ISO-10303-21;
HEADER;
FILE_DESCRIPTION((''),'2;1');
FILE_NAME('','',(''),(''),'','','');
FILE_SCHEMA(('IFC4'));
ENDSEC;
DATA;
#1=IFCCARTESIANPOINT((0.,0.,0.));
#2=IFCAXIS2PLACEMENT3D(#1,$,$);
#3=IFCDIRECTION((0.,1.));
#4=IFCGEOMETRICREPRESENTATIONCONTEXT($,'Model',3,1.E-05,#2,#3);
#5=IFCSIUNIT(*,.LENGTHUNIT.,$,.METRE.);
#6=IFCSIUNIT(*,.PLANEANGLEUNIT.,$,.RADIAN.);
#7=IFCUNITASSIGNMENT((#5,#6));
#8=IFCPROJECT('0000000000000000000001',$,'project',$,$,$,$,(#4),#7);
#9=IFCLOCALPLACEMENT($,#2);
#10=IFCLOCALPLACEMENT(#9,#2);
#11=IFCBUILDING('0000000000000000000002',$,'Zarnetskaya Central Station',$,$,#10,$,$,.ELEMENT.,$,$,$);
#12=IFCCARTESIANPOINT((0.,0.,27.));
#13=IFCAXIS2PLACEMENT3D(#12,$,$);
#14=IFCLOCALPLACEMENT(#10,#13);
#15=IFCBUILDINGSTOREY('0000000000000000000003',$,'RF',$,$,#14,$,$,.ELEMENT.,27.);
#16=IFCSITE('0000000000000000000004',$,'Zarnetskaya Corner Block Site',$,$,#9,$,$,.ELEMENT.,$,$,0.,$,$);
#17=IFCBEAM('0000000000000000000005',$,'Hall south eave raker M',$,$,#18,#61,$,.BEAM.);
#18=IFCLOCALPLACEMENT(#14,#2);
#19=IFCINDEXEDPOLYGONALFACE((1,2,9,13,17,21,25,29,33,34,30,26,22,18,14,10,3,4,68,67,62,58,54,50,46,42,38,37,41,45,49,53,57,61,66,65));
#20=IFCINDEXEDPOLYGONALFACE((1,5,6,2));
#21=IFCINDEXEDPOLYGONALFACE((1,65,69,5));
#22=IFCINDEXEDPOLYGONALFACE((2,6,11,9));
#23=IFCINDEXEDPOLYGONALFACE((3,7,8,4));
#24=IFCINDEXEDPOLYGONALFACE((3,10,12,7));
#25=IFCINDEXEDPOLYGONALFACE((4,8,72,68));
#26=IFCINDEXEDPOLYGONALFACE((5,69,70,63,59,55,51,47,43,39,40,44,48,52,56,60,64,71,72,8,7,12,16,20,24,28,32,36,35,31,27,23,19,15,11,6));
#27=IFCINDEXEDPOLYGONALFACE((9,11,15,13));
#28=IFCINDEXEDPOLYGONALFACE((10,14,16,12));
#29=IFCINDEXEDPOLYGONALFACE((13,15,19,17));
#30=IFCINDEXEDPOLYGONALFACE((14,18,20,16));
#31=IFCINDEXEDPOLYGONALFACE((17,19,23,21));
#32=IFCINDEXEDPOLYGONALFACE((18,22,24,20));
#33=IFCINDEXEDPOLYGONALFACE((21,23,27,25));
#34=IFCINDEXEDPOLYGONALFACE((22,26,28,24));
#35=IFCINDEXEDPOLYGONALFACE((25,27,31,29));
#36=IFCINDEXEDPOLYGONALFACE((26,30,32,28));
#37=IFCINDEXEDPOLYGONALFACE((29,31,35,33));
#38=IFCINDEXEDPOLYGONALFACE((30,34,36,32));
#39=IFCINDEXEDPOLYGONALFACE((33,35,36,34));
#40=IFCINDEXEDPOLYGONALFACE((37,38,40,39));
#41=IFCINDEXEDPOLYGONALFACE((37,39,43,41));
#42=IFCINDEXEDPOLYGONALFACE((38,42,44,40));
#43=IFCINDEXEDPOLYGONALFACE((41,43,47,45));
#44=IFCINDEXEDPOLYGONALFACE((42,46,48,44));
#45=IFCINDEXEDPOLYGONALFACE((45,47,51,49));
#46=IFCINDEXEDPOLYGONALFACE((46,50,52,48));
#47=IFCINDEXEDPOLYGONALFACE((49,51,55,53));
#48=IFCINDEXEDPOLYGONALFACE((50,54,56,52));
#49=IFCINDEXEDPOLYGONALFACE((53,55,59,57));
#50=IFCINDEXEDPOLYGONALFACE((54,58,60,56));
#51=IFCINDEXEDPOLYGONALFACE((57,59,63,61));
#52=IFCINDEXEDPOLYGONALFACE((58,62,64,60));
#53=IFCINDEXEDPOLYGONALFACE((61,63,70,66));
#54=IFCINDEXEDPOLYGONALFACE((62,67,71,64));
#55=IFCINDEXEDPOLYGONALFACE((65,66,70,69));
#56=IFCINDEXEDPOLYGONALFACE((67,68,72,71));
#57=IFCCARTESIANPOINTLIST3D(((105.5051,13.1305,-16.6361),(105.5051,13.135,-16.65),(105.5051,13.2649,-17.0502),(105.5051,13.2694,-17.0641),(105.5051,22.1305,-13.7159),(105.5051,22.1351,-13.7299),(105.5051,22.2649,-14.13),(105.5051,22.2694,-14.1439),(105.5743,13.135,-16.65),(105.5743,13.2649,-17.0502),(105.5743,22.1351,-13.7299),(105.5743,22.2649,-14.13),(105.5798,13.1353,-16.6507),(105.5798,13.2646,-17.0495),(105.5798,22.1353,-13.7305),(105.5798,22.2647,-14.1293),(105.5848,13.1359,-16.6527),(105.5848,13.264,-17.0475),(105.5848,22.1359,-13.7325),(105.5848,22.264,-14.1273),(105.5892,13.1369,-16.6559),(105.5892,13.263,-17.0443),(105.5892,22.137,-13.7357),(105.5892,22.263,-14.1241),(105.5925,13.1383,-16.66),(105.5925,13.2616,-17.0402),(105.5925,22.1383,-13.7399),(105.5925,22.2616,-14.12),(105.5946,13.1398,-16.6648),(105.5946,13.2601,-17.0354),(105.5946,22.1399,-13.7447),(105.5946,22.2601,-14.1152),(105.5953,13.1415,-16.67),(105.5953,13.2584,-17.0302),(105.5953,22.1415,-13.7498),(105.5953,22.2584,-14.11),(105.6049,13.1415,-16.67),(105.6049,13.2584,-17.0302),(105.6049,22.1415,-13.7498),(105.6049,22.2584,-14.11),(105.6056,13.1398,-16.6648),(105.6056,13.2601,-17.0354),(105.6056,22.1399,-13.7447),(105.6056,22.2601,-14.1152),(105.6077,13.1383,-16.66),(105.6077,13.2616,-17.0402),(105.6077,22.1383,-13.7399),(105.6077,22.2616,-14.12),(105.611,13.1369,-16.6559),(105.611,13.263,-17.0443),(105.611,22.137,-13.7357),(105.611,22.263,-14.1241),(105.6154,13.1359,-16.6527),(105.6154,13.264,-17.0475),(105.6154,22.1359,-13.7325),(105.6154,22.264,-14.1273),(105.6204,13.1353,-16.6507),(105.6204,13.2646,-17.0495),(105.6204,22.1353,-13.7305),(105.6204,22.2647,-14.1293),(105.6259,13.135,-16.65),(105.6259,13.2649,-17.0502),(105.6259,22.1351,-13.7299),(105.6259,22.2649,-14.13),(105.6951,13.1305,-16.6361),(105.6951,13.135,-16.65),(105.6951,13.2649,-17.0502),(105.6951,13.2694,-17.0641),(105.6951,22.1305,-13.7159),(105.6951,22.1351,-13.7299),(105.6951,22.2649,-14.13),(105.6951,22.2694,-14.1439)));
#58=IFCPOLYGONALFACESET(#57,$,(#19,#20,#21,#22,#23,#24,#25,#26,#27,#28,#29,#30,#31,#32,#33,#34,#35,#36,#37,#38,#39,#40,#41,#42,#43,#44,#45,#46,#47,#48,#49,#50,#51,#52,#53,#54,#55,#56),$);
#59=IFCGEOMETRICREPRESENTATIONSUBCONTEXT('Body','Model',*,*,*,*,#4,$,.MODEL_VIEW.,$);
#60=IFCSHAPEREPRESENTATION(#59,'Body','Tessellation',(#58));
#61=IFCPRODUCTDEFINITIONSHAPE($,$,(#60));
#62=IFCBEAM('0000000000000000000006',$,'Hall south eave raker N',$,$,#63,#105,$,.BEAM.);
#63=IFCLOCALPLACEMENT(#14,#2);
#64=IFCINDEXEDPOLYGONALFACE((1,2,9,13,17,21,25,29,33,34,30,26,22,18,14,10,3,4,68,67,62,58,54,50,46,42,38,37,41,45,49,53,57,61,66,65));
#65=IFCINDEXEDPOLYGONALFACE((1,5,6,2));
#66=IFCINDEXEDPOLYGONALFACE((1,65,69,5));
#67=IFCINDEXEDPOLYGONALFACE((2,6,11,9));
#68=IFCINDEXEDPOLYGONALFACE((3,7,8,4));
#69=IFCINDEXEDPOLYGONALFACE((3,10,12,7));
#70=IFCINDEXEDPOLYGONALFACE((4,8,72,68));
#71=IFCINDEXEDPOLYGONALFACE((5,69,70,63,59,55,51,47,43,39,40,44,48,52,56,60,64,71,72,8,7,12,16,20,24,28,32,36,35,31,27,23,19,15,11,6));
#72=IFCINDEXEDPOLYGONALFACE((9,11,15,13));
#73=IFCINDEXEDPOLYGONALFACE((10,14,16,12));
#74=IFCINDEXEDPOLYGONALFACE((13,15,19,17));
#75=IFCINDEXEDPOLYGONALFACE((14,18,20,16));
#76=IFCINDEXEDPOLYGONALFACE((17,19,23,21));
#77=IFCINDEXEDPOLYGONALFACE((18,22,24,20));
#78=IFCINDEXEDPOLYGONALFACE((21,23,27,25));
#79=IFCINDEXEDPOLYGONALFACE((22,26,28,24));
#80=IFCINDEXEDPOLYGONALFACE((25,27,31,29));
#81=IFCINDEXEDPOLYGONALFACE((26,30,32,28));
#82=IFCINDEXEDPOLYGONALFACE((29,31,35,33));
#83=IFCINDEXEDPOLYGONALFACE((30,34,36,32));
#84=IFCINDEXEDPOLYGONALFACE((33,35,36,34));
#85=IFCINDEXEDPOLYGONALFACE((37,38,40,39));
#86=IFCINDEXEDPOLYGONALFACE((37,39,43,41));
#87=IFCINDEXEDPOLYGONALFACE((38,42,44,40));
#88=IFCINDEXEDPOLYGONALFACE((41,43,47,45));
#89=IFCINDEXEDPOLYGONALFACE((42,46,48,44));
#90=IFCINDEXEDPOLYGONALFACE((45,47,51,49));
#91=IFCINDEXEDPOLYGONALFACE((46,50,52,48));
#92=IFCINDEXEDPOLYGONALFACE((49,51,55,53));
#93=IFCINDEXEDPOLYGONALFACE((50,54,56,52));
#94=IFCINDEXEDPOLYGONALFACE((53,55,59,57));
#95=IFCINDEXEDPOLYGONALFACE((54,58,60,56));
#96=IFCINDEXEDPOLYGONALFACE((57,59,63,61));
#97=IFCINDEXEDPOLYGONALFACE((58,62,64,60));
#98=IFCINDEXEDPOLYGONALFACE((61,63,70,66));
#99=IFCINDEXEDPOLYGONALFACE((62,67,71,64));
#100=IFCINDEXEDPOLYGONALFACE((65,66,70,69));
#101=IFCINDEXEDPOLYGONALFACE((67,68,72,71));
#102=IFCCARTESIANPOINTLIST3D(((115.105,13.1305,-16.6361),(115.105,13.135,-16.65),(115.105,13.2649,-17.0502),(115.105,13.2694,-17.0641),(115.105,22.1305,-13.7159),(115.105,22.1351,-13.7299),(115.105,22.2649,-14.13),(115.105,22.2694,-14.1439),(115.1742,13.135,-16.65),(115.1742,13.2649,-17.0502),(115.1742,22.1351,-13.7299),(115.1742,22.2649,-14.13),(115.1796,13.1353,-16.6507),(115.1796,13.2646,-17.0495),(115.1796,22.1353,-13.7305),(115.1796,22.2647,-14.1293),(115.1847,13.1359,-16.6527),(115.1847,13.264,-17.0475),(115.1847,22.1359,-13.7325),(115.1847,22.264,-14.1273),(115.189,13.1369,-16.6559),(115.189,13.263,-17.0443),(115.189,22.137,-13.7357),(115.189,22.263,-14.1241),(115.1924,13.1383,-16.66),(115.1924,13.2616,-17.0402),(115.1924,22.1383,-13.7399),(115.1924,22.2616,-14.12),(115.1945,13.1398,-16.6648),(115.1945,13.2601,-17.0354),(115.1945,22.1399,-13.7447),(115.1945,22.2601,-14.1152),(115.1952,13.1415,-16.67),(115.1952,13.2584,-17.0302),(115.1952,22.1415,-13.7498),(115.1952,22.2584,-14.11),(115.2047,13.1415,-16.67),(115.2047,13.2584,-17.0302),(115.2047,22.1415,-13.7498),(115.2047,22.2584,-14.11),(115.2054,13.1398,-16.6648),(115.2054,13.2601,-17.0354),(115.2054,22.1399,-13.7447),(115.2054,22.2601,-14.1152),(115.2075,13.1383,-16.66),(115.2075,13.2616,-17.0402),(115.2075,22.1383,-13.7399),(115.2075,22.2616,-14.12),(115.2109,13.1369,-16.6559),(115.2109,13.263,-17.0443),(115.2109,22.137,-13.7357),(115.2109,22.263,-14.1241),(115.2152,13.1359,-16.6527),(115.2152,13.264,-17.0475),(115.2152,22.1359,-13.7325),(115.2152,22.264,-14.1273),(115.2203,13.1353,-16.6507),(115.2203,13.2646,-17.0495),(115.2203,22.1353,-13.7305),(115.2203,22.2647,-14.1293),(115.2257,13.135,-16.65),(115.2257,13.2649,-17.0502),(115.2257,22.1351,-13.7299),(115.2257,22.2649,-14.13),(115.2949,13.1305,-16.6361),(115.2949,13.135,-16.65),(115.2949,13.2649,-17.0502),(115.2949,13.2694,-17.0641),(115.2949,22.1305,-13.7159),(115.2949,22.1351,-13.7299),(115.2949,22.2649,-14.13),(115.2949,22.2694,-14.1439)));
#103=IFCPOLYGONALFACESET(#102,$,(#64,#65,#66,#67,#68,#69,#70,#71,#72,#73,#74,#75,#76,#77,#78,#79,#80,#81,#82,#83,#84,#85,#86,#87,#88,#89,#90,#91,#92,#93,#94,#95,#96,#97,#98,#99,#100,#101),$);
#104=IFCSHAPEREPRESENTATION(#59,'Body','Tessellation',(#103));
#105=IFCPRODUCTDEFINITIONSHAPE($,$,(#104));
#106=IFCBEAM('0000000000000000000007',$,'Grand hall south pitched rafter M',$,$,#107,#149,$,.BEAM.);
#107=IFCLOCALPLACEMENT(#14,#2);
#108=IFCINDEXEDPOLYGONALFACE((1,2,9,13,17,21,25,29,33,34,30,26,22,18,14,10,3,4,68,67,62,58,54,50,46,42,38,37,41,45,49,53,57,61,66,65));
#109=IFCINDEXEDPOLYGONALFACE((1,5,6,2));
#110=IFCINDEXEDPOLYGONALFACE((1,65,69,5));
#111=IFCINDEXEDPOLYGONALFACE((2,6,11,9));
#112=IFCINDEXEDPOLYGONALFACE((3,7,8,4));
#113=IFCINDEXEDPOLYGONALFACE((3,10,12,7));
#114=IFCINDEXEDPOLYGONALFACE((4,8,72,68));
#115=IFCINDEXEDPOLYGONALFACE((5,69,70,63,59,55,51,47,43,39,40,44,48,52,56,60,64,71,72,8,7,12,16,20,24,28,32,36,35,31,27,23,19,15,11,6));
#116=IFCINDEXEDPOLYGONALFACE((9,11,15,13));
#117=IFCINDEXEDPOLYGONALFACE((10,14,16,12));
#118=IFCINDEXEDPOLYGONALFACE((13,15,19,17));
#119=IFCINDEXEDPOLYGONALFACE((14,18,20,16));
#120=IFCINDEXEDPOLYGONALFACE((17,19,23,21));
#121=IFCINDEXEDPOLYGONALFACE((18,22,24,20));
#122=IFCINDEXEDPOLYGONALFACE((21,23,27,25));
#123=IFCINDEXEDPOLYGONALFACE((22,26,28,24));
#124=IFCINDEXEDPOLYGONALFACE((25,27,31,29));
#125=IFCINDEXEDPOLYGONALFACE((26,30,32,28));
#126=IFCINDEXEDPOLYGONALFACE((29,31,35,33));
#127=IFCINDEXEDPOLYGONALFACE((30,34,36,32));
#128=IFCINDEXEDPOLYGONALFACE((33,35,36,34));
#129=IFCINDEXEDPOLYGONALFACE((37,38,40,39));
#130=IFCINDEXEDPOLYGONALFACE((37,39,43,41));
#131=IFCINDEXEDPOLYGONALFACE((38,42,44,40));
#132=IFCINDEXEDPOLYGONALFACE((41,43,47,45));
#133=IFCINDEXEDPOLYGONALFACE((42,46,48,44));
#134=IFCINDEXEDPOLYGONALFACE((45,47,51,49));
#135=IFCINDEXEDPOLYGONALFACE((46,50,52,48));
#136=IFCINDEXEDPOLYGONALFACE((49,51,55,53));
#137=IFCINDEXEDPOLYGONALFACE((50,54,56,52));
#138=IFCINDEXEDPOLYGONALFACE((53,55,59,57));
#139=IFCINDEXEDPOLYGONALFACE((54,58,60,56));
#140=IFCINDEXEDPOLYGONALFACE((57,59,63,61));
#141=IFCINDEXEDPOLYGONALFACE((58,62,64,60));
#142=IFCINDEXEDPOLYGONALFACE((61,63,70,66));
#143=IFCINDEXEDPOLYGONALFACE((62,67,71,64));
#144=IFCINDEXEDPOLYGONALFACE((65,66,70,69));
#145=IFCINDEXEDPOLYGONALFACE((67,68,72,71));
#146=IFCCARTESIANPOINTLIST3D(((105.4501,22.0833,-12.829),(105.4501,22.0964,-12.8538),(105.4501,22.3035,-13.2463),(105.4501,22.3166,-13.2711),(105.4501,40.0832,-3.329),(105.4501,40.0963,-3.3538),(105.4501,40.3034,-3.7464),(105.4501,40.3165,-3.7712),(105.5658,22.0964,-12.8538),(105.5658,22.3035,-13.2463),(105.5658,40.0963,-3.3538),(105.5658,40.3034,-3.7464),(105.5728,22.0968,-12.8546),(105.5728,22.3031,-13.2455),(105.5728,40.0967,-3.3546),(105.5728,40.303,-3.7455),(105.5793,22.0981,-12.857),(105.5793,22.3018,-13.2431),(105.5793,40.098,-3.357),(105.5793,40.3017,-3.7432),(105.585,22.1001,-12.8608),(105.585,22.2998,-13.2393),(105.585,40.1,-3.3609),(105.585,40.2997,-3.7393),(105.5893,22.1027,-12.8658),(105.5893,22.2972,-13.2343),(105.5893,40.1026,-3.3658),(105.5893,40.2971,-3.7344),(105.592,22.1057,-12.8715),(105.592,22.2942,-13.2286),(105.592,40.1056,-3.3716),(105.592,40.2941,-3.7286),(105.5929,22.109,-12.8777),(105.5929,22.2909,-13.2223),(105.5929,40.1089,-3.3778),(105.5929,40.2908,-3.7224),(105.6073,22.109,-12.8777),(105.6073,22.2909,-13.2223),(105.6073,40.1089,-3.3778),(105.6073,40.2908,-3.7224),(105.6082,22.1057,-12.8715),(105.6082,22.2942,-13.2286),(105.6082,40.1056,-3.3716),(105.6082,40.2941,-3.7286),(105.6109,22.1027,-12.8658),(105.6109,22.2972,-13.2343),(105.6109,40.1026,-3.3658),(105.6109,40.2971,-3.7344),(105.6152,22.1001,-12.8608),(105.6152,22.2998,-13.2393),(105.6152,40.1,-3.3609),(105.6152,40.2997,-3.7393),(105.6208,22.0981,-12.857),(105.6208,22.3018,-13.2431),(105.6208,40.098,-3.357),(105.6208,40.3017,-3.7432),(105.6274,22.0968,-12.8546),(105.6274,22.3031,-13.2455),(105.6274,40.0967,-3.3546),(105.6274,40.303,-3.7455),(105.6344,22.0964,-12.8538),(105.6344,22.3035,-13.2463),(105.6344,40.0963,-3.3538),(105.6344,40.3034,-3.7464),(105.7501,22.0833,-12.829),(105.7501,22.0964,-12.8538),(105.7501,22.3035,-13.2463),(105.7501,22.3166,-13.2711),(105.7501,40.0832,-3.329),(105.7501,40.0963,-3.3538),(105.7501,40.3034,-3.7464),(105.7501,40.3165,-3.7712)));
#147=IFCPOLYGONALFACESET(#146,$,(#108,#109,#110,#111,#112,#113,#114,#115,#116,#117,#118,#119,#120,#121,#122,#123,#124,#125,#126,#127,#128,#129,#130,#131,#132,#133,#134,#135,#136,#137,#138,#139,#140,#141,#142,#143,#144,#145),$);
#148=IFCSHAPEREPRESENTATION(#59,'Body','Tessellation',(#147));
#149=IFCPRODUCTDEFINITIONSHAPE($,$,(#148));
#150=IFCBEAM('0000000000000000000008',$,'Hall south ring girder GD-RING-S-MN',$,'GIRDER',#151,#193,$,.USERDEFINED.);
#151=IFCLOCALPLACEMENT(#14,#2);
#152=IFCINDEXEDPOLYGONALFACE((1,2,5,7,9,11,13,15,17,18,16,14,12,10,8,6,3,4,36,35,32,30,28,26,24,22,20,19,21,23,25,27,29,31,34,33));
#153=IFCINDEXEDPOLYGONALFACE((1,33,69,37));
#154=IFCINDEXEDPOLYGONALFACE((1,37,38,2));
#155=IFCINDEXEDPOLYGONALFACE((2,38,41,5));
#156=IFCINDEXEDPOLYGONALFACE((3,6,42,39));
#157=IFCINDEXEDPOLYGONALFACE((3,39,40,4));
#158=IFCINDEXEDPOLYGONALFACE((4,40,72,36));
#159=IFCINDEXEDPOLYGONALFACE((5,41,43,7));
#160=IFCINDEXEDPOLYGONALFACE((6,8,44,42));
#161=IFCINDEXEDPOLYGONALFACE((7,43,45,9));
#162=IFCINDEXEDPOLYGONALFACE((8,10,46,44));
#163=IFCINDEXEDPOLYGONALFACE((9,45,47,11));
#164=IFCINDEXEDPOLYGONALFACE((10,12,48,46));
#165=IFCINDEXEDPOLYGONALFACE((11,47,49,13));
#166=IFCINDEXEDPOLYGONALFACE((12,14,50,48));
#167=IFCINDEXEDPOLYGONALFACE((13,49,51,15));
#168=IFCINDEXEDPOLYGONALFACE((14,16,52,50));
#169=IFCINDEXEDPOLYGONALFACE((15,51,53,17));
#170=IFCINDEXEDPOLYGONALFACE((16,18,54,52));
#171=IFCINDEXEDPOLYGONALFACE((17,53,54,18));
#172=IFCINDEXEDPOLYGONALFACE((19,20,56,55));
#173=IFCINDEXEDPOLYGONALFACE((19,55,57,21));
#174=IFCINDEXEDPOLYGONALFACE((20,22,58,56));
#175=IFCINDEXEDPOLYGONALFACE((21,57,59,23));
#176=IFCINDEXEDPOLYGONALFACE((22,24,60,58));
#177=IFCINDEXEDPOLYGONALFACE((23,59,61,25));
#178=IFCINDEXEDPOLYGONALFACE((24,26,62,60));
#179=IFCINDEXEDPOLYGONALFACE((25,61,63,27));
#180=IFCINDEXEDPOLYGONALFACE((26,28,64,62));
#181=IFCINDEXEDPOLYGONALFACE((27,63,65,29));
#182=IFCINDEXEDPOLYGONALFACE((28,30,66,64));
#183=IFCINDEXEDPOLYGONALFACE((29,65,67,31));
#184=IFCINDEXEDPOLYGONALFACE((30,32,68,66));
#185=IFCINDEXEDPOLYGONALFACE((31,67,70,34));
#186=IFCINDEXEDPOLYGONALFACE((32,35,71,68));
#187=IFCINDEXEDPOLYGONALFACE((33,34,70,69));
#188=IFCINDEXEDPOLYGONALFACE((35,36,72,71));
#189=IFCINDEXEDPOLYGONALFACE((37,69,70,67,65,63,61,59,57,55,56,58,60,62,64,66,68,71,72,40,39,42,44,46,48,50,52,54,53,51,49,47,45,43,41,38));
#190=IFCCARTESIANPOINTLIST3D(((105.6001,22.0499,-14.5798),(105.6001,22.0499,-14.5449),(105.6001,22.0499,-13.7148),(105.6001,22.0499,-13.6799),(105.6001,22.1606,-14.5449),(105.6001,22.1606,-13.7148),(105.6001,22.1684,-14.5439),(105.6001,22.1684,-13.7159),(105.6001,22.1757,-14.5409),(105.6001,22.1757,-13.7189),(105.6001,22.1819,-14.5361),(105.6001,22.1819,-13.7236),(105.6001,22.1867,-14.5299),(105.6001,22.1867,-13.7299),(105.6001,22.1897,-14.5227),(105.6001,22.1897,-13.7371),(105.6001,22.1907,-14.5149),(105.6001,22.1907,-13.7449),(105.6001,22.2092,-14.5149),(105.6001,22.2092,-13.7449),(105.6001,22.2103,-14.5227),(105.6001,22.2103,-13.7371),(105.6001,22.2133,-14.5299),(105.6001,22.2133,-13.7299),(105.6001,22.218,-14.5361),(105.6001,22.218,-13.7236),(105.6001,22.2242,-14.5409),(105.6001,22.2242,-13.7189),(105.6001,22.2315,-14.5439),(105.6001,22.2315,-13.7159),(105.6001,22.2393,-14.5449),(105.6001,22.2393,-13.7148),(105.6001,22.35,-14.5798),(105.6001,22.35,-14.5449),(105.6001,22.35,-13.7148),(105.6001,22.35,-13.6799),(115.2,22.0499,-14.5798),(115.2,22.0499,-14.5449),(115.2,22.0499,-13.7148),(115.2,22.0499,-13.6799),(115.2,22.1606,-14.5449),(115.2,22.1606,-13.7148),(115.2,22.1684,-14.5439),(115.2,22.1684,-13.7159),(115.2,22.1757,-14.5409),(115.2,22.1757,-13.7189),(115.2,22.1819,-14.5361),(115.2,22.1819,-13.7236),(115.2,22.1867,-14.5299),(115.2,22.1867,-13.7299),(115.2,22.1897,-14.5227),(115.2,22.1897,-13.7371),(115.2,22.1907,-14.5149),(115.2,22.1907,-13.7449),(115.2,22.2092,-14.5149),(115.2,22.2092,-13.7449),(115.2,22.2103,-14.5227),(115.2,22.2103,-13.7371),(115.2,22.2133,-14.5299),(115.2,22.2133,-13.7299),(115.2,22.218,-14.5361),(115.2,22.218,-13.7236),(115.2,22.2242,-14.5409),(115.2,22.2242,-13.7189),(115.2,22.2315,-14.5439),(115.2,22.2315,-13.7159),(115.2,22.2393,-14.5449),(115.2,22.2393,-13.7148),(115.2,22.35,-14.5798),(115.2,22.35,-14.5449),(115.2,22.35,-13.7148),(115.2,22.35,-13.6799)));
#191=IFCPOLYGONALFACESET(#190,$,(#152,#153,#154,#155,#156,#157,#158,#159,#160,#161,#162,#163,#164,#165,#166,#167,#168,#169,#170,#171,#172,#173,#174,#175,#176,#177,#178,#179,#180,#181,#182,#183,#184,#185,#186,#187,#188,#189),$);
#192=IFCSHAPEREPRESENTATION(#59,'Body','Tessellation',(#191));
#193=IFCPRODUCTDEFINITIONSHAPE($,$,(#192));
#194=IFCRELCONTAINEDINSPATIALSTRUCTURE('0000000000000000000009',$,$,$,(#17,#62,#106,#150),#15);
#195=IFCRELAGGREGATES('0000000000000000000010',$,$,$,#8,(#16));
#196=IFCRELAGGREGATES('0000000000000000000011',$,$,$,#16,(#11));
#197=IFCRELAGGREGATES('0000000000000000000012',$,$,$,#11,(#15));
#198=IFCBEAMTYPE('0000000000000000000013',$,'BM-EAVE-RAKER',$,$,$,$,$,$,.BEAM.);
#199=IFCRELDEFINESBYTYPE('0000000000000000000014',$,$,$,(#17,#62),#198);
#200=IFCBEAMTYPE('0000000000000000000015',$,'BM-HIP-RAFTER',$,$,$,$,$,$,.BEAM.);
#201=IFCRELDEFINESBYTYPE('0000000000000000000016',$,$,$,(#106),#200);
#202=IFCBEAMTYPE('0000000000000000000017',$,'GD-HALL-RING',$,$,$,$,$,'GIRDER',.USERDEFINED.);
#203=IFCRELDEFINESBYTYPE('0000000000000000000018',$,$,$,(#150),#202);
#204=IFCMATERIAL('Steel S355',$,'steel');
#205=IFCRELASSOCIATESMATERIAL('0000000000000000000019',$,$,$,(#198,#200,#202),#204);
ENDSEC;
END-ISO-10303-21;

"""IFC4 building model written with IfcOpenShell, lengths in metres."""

from ifc_helpers import new_model, si_unit, direction, frame, origin, origin_2d, place, context, subcontext, project, spatial, i_section, extrude, material, material_profile, profile_set, type_object, element, save


model = new_model("IFC4")

# Units and contexts
model_context = context("Model", 3, precision=1e-05, world=origin(), true_north=direction((0.0, 1.0)))
body_context = subcontext(model_context, "Body", "Model", "MODEL_VIEW")
ifc_project = project(units=[si_unit("LENGTHUNIT", "METRE"), si_unit("PLANEANGLEUNIT", "RADIAN")], contexts=[model_context])

# Site, building, storey
site_placement = place(None, origin())
site = spatial("IfcSite", under=ifc_project, at=site_placement, Name="Zarnetskaya Corner Block Site", CompositionType="ELEMENT", RefElevation=0.0)
building_placement = place(site_placement, origin())
building = spatial("IfcBuilding", under=site, at=building_placement, Name="Zarnetskaya Central Station", CompositionType="ELEMENT")
storey_placement = place(building_placement, frame((0.0, 0.0, 27.0)))
storey = spatial("IfcBuildingStorey", under=building, at=storey_placement, Name="RF", CompositionType="ELEMENT", Elevation=27.0)

# Beams
ifc_material_1 = material(Name="Steel S355", Category="steel")
ifc_material_profile_1 = material_profile(ifc_material_1, i_section(OverallWidth=0.1899, OverallDepth=0.45, WebThickness=0.0095, FlangeThickness=0.0146, FilletRadius=0.021, at=origin_2d()), Name="IPE 450")
ifc_profile_set_1 = profile_set([ifc_material_profile_1], Name="Steel S355")
beam_type_1 = type_object("IfcBeamType", Name="BM-EAVE-RAKER", PredefinedType="BEAM", material=ifc_profile_set_1)
for number, where, z_axis, x_axis, name in (
    (1, (105.6001, 13.2, -16.8501), (0.0, 0.951184, 0.308624), (-1.0, 0.0, 0.0), "Hall south eave raker M"),
    (2, (115.2, 13.2, -16.8501), (0.0, 0.951184, 0.308624), (-1.0, 0.0, 0.0), "Hall south eave raker N"),
):
    element("IfcBeam", number, at=place(storey_placement, frame(where, z_axis=z_axis, x_axis=x_axis)), inside=storey, type_object=beam_type_1, Name=name, PredefinedType="BEAM", context=body_context, shape_type="SweptSolid", body=[
        extrude(i_section(OverallWidth=0.1899, OverallDepth=0.45, WebThickness=0.0095, FlangeThickness=0.0146, FilletRadius=0.021, at=origin_2d()), origin(), (0.0, 0.0, 1.0), 9.4619),
    ])
ifc_material_profile_2 = material_profile(ifc_material_1, i_section(OverallWidth=0.3, OverallDepth=0.5, WebThickness=0.0144, FlangeThickness=0.0281, FilletRadius=0.0271, at=origin_2d()), Name="HEB 500")
ifc_profile_set_2 = profile_set([ifc_material_profile_2], Name="Steel S355")
beam_type_2 = type_object("IfcBeamType", Name="BM-HIP-RAFTER", PredefinedType="BEAM", material=ifc_profile_set_2)
beam_1_placement = place(storey_placement, frame((105.6001, 22.2, -13.05), z_axis=(0.0, 0.884385, 0.466759), x_axis=(-1.0, 0.0, 0.0)))
element("IfcBeam", 3, at=beam_1_placement, inside=storey, type_object=beam_type_2, Name="Grand hall south pitched rafter M", PredefinedType="BEAM", context=body_context, shape_type="SweptSolid", body=[
    extrude(i_section(OverallWidth=0.3, OverallDepth=0.5, WebThickness=0.0144, FlangeThickness=0.0281, FilletRadius=0.0271, at=origin_2d()), origin(), (0.0, 0.0, 1.0), 20.353),
])
ifc_material_profile_3 = material_profile(ifc_material_1, i_section(OverallWidth=0.3, OverallDepth=0.8999, WebThickness=0.0186, FlangeThickness=0.0349, FilletRadius=0.03, at=origin_2d()), Name="HEB 900")
ifc_profile_set_3 = profile_set([ifc_material_profile_3], Name="Steel S355")
beam_type_3 = type_object("IfcBeamType", Name="GD-HALL-RING", ElementType="GIRDER", PredefinedType="USERDEFINED", material=ifc_profile_set_3)
beam_2_placement = place(storey_placement, frame((105.6001, 22.2, -14.1299), z_axis=(1.0, 0.0, 0.0), x_axis=(0.0, 1.0, 0.0)))
element("IfcBeam", 4, at=beam_2_placement, inside=storey, type_object=beam_type_3, Name="Hall south ring girder GD-RING-S-MN", ObjectType="GIRDER", PredefinedType="USERDEFINED", context=body_context, shape_type="SweptSolid", body=[
    extrude(i_section(OverallWidth=0.3, OverallDepth=0.8999, WebThickness=0.0186, FlangeThickness=0.0349, FilletRadius=0.03, at=origin_2d()), origin(), (0.0, 0.0, 1.0), 9.5999),
])

save(model, "model.ifc")
